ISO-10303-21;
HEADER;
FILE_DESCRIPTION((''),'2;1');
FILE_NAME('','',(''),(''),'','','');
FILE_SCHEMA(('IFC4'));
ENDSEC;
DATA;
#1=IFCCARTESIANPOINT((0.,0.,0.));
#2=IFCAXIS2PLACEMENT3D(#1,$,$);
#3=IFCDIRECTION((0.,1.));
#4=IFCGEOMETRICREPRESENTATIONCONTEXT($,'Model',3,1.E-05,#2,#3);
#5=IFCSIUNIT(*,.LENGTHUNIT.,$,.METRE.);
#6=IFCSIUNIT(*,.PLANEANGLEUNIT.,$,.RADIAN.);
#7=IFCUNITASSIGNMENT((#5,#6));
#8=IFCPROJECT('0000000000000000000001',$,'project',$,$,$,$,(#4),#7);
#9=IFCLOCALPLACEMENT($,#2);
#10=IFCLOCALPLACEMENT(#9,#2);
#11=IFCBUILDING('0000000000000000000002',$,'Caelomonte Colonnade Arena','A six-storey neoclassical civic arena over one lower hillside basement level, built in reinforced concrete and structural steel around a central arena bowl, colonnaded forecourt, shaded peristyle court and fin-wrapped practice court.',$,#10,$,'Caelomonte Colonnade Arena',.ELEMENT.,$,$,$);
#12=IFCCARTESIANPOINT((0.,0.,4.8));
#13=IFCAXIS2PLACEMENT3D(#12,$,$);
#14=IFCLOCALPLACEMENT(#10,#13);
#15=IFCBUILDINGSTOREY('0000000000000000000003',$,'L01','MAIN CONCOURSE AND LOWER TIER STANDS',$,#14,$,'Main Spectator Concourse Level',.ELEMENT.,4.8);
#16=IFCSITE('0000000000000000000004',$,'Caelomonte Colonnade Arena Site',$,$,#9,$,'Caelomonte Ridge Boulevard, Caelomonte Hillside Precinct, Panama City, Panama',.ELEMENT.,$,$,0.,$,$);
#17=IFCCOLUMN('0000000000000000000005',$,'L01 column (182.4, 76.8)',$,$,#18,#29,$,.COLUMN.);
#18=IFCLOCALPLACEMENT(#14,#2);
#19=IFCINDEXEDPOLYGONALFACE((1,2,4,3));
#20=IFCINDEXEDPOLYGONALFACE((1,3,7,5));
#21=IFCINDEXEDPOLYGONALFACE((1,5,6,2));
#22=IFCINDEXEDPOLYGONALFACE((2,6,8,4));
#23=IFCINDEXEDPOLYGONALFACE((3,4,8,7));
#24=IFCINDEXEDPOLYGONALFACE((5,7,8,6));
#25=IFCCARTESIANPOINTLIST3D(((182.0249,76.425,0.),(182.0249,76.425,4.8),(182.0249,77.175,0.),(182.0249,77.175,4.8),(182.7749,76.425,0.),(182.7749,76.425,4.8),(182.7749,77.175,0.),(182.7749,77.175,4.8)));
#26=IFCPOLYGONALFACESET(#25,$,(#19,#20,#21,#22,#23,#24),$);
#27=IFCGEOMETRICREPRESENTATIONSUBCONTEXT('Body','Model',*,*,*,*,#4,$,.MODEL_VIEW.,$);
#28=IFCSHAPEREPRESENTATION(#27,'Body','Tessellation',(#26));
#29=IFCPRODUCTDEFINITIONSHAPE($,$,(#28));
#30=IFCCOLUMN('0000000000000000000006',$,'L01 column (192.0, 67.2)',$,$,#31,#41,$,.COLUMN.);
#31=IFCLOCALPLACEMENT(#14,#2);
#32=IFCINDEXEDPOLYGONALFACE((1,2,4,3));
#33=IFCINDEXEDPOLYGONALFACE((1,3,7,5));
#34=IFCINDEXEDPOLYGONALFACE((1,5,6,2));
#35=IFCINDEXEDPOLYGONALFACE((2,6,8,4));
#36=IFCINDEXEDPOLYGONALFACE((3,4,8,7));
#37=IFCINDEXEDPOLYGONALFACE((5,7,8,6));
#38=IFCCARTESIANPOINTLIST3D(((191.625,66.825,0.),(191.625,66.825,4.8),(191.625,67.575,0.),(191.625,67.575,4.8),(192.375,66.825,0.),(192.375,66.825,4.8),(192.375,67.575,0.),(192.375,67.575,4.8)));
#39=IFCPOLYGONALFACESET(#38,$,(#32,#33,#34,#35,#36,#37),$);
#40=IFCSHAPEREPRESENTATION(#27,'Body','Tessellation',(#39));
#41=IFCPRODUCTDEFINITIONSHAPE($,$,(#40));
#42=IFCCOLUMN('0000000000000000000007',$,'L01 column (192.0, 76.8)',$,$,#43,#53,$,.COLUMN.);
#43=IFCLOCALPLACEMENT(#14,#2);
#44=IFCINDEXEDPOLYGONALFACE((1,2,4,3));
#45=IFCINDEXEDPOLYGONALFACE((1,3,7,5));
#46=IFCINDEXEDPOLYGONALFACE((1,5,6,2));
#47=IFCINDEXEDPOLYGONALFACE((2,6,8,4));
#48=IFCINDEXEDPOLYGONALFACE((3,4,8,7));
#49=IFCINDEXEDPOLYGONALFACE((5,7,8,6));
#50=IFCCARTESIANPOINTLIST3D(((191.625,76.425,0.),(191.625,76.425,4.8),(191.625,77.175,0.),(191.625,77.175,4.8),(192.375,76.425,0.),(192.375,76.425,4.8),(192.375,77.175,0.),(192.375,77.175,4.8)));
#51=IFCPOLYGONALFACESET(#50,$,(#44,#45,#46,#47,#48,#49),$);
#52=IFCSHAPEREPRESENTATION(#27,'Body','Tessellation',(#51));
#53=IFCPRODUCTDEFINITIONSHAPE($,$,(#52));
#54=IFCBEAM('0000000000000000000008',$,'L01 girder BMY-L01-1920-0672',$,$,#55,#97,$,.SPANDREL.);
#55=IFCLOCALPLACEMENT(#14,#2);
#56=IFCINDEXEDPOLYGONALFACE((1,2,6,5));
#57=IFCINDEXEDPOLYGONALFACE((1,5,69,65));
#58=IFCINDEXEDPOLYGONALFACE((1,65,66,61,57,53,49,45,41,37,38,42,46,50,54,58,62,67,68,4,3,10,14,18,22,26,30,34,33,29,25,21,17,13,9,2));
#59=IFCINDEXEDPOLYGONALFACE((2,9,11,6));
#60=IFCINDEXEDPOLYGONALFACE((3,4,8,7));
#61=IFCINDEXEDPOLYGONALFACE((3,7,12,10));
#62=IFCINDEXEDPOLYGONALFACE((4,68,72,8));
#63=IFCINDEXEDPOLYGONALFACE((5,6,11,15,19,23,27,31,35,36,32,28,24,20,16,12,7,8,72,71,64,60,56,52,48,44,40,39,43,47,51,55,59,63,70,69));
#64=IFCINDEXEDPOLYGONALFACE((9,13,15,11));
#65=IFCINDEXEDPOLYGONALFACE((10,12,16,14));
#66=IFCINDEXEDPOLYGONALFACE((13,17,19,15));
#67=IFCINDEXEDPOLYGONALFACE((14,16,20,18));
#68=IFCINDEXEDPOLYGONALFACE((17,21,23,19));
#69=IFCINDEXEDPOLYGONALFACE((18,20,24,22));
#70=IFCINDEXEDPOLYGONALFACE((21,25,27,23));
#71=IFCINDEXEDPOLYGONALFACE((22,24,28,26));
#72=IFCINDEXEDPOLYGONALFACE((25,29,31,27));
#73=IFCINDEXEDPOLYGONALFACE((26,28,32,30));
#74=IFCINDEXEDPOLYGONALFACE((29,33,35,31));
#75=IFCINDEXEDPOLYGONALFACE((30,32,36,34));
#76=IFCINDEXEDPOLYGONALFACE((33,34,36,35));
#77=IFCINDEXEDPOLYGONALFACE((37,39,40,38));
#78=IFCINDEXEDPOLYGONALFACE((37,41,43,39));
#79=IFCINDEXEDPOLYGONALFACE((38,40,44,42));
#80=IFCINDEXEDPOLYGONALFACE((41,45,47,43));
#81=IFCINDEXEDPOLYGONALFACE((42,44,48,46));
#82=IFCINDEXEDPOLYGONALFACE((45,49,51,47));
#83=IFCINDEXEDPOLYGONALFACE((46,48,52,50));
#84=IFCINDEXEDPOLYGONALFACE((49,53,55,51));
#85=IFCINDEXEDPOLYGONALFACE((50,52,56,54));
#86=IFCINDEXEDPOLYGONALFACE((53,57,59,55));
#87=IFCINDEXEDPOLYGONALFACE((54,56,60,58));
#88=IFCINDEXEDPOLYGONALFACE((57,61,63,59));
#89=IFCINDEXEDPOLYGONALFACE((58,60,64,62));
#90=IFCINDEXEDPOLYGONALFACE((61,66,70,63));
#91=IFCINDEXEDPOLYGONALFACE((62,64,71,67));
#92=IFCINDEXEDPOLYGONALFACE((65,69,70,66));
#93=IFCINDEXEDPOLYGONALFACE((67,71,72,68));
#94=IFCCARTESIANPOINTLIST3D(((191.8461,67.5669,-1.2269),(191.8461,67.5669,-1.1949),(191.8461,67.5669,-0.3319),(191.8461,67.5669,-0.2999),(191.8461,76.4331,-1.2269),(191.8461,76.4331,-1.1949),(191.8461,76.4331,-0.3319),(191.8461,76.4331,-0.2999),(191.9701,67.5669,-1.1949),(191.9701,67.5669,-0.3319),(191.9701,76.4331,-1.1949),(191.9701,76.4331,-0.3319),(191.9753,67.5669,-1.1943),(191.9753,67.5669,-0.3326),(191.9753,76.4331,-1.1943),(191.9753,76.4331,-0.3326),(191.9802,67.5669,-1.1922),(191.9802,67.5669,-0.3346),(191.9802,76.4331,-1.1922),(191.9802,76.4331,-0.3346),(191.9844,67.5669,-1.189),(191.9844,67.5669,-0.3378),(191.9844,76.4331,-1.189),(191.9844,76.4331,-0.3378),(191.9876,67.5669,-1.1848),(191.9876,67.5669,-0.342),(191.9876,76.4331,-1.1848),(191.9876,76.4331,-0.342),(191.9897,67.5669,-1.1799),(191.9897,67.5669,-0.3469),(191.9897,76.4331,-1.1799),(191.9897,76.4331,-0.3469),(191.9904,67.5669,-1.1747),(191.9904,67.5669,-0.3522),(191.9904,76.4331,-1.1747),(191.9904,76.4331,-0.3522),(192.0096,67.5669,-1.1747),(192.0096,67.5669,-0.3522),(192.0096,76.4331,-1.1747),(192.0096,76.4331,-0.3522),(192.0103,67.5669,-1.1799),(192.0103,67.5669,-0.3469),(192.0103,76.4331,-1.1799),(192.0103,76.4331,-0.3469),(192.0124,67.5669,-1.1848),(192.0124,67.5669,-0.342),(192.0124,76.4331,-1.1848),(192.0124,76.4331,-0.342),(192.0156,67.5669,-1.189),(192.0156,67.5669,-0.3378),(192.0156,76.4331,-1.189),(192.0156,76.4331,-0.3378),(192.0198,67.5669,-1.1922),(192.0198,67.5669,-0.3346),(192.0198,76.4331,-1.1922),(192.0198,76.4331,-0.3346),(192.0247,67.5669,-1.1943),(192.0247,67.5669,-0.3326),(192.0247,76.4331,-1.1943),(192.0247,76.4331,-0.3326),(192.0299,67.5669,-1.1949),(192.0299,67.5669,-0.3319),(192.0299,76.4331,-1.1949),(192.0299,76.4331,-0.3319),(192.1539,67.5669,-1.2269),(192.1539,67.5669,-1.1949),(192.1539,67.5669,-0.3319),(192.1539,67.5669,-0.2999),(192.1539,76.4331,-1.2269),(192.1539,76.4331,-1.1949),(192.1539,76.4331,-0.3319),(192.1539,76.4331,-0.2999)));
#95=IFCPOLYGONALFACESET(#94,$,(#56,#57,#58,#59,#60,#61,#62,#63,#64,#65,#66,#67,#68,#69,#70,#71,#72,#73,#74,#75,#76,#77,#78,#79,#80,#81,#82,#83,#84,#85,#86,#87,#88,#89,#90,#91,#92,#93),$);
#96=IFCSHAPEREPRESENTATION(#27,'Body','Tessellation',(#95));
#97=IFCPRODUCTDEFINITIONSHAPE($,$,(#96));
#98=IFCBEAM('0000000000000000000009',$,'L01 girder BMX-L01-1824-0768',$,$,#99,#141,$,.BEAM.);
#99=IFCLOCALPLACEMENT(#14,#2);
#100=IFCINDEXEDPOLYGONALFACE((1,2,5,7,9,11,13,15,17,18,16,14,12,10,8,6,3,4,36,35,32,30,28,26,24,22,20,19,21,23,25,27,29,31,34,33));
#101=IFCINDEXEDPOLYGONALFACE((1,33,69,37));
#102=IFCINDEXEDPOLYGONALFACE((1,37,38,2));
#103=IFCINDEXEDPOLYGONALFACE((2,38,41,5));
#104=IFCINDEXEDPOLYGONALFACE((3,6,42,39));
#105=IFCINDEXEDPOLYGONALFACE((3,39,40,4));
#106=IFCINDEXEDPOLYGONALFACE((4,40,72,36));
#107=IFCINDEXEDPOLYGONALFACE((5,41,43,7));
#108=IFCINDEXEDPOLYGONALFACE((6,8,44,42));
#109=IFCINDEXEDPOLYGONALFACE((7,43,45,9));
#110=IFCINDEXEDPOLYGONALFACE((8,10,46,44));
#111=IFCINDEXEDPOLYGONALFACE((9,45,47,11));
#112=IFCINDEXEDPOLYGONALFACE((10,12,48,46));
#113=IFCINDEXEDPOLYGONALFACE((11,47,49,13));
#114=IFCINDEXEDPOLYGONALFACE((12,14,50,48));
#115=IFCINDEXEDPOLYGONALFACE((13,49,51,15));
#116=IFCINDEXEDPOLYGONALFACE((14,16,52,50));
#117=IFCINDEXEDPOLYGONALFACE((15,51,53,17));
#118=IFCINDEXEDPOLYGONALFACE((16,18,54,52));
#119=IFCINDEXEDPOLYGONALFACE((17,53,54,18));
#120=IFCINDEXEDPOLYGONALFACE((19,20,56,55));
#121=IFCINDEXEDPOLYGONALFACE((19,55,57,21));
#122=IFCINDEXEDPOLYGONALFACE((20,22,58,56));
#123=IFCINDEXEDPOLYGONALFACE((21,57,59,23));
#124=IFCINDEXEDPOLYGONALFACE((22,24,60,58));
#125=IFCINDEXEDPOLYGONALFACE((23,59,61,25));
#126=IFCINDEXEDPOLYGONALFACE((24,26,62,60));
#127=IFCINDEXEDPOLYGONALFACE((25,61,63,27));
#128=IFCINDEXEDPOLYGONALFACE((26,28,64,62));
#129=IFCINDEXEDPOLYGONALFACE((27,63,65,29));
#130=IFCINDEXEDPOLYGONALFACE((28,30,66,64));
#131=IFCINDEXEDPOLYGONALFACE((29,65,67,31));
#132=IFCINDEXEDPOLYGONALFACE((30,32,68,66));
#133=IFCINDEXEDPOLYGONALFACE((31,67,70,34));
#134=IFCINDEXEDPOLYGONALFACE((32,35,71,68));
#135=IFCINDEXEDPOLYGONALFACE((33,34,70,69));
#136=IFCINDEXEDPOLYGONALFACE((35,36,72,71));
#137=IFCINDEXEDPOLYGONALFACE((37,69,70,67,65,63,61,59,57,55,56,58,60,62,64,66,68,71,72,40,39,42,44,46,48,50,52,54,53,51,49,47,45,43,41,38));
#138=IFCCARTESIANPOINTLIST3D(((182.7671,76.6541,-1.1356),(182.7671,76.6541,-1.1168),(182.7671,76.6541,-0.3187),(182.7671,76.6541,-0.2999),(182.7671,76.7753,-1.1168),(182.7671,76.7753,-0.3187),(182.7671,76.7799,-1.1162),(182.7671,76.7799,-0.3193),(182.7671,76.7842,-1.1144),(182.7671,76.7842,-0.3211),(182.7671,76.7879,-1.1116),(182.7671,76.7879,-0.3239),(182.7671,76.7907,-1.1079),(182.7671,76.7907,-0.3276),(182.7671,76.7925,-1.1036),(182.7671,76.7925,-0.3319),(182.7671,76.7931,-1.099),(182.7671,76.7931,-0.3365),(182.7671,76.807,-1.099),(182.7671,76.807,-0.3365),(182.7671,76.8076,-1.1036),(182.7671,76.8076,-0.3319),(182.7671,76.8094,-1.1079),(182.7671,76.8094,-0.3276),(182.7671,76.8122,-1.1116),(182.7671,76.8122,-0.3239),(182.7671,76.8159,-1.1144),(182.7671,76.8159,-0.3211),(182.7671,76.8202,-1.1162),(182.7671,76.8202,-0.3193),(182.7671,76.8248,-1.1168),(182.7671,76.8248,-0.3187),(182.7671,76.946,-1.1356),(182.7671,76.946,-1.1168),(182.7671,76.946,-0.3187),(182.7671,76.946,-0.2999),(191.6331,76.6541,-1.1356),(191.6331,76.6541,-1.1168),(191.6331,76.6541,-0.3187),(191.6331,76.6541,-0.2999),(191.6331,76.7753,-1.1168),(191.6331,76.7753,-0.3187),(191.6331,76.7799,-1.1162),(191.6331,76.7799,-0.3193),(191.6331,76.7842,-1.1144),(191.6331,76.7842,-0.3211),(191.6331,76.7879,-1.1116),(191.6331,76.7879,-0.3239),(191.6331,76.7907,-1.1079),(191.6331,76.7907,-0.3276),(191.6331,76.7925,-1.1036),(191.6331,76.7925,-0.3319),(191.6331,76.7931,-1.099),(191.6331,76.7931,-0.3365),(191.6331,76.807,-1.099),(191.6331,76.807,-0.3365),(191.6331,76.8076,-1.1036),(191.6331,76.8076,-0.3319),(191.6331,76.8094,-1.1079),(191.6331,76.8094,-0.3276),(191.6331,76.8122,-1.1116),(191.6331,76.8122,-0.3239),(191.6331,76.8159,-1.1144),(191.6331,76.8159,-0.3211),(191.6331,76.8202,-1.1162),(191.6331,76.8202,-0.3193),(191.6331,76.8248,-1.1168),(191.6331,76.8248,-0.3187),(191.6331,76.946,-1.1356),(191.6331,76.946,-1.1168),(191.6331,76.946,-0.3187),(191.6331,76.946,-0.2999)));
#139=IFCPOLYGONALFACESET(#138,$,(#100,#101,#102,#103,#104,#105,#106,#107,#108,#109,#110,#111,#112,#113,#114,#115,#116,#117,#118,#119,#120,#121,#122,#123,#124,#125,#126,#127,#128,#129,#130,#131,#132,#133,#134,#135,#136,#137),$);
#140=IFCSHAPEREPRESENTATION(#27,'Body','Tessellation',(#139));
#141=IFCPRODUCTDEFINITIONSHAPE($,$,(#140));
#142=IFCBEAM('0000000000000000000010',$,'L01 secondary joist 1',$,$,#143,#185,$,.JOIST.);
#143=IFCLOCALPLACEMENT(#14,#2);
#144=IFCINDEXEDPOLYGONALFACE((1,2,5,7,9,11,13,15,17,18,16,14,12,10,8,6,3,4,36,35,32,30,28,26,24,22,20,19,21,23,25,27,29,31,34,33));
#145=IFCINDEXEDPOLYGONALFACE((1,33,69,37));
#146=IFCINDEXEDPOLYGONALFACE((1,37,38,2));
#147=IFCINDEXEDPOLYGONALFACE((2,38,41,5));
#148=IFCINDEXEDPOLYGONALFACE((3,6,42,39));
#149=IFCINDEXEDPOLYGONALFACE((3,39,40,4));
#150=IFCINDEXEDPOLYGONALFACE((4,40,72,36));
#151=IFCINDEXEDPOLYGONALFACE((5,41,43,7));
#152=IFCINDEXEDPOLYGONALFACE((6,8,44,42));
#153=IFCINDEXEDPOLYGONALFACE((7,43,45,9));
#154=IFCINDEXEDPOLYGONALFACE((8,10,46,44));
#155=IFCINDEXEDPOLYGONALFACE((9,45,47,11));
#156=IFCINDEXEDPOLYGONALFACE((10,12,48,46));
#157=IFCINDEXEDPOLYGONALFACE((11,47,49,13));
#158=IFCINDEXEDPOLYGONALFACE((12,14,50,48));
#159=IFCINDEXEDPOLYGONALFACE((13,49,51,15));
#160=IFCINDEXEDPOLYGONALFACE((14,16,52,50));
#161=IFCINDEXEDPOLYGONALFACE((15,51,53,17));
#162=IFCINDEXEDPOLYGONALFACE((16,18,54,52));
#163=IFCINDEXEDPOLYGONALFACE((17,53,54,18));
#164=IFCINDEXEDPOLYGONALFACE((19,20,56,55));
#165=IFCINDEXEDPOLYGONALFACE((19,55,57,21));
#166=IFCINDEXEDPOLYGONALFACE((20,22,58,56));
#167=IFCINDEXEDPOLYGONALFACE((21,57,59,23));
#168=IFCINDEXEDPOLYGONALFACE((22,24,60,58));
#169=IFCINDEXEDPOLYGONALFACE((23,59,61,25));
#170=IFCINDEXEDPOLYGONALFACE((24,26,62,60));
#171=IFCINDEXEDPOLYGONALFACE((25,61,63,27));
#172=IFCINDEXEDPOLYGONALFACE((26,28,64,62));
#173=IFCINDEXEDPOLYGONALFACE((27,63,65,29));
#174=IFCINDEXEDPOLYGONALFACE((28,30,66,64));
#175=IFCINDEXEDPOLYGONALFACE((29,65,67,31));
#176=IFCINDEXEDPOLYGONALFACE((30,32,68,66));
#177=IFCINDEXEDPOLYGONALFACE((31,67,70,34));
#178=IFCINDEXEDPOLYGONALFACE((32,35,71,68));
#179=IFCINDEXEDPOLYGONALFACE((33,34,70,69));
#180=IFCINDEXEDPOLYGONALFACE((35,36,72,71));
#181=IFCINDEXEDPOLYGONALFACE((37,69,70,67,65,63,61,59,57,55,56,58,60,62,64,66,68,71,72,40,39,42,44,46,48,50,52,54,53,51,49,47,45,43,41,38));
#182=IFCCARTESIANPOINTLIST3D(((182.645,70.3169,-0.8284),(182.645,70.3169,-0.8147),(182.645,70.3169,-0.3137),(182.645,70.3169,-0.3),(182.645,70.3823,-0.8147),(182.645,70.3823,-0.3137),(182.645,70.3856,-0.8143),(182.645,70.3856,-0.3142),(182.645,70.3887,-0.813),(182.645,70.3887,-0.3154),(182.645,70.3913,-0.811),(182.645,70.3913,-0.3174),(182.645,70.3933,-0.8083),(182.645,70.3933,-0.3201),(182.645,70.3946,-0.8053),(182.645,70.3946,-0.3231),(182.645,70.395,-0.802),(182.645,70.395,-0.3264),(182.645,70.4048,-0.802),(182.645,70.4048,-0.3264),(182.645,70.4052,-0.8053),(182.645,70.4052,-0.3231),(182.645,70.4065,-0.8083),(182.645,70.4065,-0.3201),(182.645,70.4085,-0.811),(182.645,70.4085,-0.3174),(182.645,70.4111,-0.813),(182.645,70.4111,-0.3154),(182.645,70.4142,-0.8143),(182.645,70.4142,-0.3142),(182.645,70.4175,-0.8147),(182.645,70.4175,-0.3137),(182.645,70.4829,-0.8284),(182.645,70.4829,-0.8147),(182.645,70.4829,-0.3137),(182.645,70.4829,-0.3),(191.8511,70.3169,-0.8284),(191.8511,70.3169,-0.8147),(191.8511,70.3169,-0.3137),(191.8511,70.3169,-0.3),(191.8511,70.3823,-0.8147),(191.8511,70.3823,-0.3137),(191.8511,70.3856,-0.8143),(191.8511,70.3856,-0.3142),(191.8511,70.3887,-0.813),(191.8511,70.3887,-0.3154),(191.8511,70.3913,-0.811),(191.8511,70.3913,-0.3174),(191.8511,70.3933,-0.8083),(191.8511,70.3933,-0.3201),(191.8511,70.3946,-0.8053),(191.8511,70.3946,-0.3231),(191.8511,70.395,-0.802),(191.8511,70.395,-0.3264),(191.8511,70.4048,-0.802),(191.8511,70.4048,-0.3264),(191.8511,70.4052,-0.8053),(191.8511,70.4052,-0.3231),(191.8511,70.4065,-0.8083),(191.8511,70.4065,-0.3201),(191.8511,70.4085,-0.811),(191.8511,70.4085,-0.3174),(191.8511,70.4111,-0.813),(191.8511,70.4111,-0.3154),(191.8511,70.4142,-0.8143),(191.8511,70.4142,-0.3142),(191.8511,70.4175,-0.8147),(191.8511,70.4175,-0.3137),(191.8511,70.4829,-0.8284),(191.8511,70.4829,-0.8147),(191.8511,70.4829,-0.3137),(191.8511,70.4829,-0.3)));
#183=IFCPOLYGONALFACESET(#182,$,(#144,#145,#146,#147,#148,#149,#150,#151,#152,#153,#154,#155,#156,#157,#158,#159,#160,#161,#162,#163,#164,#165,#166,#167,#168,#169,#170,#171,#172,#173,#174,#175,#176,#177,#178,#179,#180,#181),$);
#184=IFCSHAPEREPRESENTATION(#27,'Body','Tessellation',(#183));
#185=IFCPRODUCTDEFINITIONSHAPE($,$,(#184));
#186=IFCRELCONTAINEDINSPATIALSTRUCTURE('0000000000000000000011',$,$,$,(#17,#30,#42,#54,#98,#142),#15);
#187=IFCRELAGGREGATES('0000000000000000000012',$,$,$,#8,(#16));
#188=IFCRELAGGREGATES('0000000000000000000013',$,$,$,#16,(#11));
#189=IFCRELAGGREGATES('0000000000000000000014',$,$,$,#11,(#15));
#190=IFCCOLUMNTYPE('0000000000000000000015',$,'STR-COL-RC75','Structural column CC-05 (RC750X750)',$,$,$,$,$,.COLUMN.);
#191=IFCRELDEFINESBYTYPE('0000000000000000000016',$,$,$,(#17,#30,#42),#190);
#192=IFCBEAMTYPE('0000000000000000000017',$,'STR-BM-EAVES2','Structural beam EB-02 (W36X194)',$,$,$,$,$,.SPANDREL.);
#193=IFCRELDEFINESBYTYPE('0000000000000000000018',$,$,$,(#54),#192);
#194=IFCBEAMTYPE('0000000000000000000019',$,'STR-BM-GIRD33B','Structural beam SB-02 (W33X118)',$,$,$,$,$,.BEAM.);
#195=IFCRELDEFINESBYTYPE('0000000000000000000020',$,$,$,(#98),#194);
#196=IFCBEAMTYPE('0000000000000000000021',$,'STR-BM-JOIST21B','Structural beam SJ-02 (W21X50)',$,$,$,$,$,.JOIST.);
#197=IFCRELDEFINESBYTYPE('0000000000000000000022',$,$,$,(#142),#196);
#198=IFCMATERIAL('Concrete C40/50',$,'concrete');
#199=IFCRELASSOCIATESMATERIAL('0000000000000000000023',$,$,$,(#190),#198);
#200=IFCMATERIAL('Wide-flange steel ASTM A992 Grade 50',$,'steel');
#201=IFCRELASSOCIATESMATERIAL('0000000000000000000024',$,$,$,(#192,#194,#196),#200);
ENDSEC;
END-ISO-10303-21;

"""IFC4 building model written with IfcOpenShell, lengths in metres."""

from ifc_helpers import new_model, si_unit, direction, frame, origin, origin_2d, place, context, subcontext, project, spatial, rectangle, i_section, extrude, material, material_profile, profile_set, type_object, element, save


model = new_model("IFC4")

# Units and contexts
model_context = context("Model", 3, precision=1e-05, world=origin(), true_north=direction((0.0, 1.0)))
body_context = subcontext(model_context, "Body", "Model", "MODEL_VIEW")
ifc_project = project(units=[si_unit("LENGTHUNIT", "METRE"), si_unit("PLANEANGLEUNIT", "RADIAN")], contexts=[model_context])

# Site, building, storey
site_placement = place(None, origin())
site = spatial("IfcSite", under=ifc_project, at=site_placement, Name="Caelomonte Colonnade Arena Site", LongName="Caelomonte Ridge Boulevard, Caelomonte Hillside Precinct, Panama City, Panama", CompositionType="ELEMENT", RefElevation=0.0)
building_placement = place(site_placement, origin())
building = spatial("IfcBuilding", under=site, at=building_placement, Name="Caelomonte Colonnade Arena", Description="A six-storey neoclassical civic arena over one lower hillside basement level, built in reinforced concrete and structural steel around a central arena bowl, colonnaded forecourt, shaded peristyle court and fin-wrapped practice court.", LongName="Caelomonte Colonnade Arena", CompositionType="ELEMENT")
storey_placement = place(building_placement, frame((0.0, 0.0, 4.8)))
storey = spatial("IfcBuildingStorey", under=building, at=storey_placement, Name="L01", Description="MAIN CONCOURSE AND LOWER TIER STANDS", LongName="Main Spectator Concourse Level", CompositionType="ELEMENT", Elevation=4.8)

# Columns
ifc_material_1 = material(Name="Concrete C40/50", Category="concrete")
ifc_material_profile_1 = material_profile(ifc_material_1, rectangle(XDim=0.75, YDim=0.75, at=origin_2d()), Name="RC750X750")
ifc_profile_set_1 = profile_set([ifc_material_profile_1], Name="Concrete C40/50")
column_type = type_object("IfcColumnType", Name="STR-COL-RC75", Description="Structural column CC-05 (RC750X750)", PredefinedType="COLUMN", material=ifc_profile_set_1)
for number, where, z_axis, x_axis, name in (
    (1, (182.3999, 76.8, 0.0), (0.0, 0.0, 1.0), (1.0, 0.0, 0.0), "L01 column (182.4, 76.8)"),
    (2, (192.0, 67.2, 0.0), (0.0, 0.0, 1.0), (1.0, 0.0, 0.0), "L01 column (192.0, 67.2)"),
    (3, (192.0, 76.8, 0.0), (0.0, 0.0, 1.0), (1.0, 0.0, 0.0), "L01 column (192.0, 76.8)"),
):
    element("IfcColumn", number, at=place(storey_placement, frame(where, z_axis=z_axis, x_axis=x_axis)), inside=storey, type_object=column_type, Name=name, PredefinedType="COLUMN", context=body_context, shape_type="SweptSolid", body=[
        extrude(rectangle(XDim=0.75, YDim=0.75, at=origin_2d()), origin(), (0.0, 0.0, 1.0), 4.8),
    ])

# Beams
ifc_material_2 = material(Name="Wide-flange steel ASTM A992 Grade 50", Category="steel")
ifc_material_profile_2 = material_profile(ifc_material_2, i_section(OverallWidth=0.3079, OverallDepth=0.927, WebThickness=0.0193, FlangeThickness=0.032, FilletRadius=0.0203, at=origin_2d()), Name="W36X194")
ifc_profile_set_2 = profile_set([ifc_material_profile_2], Name="Wide-flange steel ASTM A992 Grade 50")
beam_type_1 = type_object("IfcBeamType", Name="STR-BM-EAVES2", Description="Structural beam EB-02 (W36X194)", PredefinedType="SPANDREL", material=ifc_profile_set_2)
beam_1_placement = place(storey_placement, frame((192.0, 67.5669, -0.7634), z_axis=(0.0, 1.0, 0.0), x_axis=(-1.0, 0.0, 0.0)))
element("IfcBeam", 4, at=beam_1_placement, inside=storey, type_object=beam_type_1, Name="L01 girder BMY-L01-1920-0672", PredefinedType="SPANDREL", context=body_context, shape_type="SweptSolid", body=[
    extrude(i_section(OverallWidth=0.3079, OverallDepth=0.927, WebThickness=0.0193, FlangeThickness=0.032, FilletRadius=0.0203, at=origin_2d()), origin(), (0.0, 0.0, 1.0), 8.8662),
])
ifc_material_profile_3 = material_profile(ifc_material_2, i_section(OverallWidth=0.292, OverallDepth=0.8357, WebThickness=0.0139, FlangeThickness=0.0188, FilletRadius=0.0178, at=origin_2d()), Name="W33X118")
ifc_profile_set_3 = profile_set([ifc_material_profile_3], Name="Wide-flange steel ASTM A992 Grade 50")
beam_type_2 = type_object("IfcBeamType", Name="STR-BM-GIRD33B", Description="Structural beam SB-02 (W33X118)", PredefinedType="BEAM", material=ifc_profile_set_3)
beam_2_placement = place(storey_placement, frame((182.7671, 76.8, -0.7178), z_axis=(1.0, 0.0, 0.0), x_axis=(0.0, 1.0, 0.0)))
element("IfcBeam", 5, at=beam_2_placement, inside=storey, type_object=beam_type_2, Name="L01 girder BMX-L01-1824-0768", PredefinedType="BEAM", context=body_context, shape_type="SweptSolid", body=[
    extrude(i_section(OverallWidth=0.292, OverallDepth=0.8357, WebThickness=0.0139, FlangeThickness=0.0188, FilletRadius=0.0178, at=origin_2d()), origin(), (0.0, 0.0, 1.0), 8.866),
])
ifc_material_profile_4 = material_profile(ifc_material_2, i_section(OverallWidth=0.166, OverallDepth=0.5283, WebThickness=0.0098, FlangeThickness=0.0137, FilletRadius=0.0127, at=origin_2d()), Name="W21X50")
ifc_profile_set_4 = profile_set([ifc_material_profile_4], Name="Wide-flange steel ASTM A992 Grade 50")
beam_type_3 = type_object("IfcBeamType", Name="STR-BM-JOIST21B", Description="Structural beam SJ-02 (W21X50)", PredefinedType="JOIST", material=ifc_profile_set_4)
for number, where, z_axis, x_axis, name in (
    (6, (182.645, 70.3999, -0.5642), (1.0, 0.0, 0.0), (0.0, 1.0, 0.0), "L01 secondary joist 1"),
):
    element("IfcBeam", number, at=place(storey_placement, frame(where, z_axis=z_axis, x_axis=x_axis)), inside=storey, type_object=beam_type_3, Name=name, PredefinedType="JOIST", context=body_context, shape_type="SweptSolid", body=[
        extrude(i_section(OverallWidth=0.166, OverallDepth=0.5283, WebThickness=0.0098, FlangeThickness=0.0137, FilletRadius=0.0127, at=origin_2d()), origin(), (0.0, 0.0, 1.0), 9.2061),
    ])

save(model, "model.ifc")
